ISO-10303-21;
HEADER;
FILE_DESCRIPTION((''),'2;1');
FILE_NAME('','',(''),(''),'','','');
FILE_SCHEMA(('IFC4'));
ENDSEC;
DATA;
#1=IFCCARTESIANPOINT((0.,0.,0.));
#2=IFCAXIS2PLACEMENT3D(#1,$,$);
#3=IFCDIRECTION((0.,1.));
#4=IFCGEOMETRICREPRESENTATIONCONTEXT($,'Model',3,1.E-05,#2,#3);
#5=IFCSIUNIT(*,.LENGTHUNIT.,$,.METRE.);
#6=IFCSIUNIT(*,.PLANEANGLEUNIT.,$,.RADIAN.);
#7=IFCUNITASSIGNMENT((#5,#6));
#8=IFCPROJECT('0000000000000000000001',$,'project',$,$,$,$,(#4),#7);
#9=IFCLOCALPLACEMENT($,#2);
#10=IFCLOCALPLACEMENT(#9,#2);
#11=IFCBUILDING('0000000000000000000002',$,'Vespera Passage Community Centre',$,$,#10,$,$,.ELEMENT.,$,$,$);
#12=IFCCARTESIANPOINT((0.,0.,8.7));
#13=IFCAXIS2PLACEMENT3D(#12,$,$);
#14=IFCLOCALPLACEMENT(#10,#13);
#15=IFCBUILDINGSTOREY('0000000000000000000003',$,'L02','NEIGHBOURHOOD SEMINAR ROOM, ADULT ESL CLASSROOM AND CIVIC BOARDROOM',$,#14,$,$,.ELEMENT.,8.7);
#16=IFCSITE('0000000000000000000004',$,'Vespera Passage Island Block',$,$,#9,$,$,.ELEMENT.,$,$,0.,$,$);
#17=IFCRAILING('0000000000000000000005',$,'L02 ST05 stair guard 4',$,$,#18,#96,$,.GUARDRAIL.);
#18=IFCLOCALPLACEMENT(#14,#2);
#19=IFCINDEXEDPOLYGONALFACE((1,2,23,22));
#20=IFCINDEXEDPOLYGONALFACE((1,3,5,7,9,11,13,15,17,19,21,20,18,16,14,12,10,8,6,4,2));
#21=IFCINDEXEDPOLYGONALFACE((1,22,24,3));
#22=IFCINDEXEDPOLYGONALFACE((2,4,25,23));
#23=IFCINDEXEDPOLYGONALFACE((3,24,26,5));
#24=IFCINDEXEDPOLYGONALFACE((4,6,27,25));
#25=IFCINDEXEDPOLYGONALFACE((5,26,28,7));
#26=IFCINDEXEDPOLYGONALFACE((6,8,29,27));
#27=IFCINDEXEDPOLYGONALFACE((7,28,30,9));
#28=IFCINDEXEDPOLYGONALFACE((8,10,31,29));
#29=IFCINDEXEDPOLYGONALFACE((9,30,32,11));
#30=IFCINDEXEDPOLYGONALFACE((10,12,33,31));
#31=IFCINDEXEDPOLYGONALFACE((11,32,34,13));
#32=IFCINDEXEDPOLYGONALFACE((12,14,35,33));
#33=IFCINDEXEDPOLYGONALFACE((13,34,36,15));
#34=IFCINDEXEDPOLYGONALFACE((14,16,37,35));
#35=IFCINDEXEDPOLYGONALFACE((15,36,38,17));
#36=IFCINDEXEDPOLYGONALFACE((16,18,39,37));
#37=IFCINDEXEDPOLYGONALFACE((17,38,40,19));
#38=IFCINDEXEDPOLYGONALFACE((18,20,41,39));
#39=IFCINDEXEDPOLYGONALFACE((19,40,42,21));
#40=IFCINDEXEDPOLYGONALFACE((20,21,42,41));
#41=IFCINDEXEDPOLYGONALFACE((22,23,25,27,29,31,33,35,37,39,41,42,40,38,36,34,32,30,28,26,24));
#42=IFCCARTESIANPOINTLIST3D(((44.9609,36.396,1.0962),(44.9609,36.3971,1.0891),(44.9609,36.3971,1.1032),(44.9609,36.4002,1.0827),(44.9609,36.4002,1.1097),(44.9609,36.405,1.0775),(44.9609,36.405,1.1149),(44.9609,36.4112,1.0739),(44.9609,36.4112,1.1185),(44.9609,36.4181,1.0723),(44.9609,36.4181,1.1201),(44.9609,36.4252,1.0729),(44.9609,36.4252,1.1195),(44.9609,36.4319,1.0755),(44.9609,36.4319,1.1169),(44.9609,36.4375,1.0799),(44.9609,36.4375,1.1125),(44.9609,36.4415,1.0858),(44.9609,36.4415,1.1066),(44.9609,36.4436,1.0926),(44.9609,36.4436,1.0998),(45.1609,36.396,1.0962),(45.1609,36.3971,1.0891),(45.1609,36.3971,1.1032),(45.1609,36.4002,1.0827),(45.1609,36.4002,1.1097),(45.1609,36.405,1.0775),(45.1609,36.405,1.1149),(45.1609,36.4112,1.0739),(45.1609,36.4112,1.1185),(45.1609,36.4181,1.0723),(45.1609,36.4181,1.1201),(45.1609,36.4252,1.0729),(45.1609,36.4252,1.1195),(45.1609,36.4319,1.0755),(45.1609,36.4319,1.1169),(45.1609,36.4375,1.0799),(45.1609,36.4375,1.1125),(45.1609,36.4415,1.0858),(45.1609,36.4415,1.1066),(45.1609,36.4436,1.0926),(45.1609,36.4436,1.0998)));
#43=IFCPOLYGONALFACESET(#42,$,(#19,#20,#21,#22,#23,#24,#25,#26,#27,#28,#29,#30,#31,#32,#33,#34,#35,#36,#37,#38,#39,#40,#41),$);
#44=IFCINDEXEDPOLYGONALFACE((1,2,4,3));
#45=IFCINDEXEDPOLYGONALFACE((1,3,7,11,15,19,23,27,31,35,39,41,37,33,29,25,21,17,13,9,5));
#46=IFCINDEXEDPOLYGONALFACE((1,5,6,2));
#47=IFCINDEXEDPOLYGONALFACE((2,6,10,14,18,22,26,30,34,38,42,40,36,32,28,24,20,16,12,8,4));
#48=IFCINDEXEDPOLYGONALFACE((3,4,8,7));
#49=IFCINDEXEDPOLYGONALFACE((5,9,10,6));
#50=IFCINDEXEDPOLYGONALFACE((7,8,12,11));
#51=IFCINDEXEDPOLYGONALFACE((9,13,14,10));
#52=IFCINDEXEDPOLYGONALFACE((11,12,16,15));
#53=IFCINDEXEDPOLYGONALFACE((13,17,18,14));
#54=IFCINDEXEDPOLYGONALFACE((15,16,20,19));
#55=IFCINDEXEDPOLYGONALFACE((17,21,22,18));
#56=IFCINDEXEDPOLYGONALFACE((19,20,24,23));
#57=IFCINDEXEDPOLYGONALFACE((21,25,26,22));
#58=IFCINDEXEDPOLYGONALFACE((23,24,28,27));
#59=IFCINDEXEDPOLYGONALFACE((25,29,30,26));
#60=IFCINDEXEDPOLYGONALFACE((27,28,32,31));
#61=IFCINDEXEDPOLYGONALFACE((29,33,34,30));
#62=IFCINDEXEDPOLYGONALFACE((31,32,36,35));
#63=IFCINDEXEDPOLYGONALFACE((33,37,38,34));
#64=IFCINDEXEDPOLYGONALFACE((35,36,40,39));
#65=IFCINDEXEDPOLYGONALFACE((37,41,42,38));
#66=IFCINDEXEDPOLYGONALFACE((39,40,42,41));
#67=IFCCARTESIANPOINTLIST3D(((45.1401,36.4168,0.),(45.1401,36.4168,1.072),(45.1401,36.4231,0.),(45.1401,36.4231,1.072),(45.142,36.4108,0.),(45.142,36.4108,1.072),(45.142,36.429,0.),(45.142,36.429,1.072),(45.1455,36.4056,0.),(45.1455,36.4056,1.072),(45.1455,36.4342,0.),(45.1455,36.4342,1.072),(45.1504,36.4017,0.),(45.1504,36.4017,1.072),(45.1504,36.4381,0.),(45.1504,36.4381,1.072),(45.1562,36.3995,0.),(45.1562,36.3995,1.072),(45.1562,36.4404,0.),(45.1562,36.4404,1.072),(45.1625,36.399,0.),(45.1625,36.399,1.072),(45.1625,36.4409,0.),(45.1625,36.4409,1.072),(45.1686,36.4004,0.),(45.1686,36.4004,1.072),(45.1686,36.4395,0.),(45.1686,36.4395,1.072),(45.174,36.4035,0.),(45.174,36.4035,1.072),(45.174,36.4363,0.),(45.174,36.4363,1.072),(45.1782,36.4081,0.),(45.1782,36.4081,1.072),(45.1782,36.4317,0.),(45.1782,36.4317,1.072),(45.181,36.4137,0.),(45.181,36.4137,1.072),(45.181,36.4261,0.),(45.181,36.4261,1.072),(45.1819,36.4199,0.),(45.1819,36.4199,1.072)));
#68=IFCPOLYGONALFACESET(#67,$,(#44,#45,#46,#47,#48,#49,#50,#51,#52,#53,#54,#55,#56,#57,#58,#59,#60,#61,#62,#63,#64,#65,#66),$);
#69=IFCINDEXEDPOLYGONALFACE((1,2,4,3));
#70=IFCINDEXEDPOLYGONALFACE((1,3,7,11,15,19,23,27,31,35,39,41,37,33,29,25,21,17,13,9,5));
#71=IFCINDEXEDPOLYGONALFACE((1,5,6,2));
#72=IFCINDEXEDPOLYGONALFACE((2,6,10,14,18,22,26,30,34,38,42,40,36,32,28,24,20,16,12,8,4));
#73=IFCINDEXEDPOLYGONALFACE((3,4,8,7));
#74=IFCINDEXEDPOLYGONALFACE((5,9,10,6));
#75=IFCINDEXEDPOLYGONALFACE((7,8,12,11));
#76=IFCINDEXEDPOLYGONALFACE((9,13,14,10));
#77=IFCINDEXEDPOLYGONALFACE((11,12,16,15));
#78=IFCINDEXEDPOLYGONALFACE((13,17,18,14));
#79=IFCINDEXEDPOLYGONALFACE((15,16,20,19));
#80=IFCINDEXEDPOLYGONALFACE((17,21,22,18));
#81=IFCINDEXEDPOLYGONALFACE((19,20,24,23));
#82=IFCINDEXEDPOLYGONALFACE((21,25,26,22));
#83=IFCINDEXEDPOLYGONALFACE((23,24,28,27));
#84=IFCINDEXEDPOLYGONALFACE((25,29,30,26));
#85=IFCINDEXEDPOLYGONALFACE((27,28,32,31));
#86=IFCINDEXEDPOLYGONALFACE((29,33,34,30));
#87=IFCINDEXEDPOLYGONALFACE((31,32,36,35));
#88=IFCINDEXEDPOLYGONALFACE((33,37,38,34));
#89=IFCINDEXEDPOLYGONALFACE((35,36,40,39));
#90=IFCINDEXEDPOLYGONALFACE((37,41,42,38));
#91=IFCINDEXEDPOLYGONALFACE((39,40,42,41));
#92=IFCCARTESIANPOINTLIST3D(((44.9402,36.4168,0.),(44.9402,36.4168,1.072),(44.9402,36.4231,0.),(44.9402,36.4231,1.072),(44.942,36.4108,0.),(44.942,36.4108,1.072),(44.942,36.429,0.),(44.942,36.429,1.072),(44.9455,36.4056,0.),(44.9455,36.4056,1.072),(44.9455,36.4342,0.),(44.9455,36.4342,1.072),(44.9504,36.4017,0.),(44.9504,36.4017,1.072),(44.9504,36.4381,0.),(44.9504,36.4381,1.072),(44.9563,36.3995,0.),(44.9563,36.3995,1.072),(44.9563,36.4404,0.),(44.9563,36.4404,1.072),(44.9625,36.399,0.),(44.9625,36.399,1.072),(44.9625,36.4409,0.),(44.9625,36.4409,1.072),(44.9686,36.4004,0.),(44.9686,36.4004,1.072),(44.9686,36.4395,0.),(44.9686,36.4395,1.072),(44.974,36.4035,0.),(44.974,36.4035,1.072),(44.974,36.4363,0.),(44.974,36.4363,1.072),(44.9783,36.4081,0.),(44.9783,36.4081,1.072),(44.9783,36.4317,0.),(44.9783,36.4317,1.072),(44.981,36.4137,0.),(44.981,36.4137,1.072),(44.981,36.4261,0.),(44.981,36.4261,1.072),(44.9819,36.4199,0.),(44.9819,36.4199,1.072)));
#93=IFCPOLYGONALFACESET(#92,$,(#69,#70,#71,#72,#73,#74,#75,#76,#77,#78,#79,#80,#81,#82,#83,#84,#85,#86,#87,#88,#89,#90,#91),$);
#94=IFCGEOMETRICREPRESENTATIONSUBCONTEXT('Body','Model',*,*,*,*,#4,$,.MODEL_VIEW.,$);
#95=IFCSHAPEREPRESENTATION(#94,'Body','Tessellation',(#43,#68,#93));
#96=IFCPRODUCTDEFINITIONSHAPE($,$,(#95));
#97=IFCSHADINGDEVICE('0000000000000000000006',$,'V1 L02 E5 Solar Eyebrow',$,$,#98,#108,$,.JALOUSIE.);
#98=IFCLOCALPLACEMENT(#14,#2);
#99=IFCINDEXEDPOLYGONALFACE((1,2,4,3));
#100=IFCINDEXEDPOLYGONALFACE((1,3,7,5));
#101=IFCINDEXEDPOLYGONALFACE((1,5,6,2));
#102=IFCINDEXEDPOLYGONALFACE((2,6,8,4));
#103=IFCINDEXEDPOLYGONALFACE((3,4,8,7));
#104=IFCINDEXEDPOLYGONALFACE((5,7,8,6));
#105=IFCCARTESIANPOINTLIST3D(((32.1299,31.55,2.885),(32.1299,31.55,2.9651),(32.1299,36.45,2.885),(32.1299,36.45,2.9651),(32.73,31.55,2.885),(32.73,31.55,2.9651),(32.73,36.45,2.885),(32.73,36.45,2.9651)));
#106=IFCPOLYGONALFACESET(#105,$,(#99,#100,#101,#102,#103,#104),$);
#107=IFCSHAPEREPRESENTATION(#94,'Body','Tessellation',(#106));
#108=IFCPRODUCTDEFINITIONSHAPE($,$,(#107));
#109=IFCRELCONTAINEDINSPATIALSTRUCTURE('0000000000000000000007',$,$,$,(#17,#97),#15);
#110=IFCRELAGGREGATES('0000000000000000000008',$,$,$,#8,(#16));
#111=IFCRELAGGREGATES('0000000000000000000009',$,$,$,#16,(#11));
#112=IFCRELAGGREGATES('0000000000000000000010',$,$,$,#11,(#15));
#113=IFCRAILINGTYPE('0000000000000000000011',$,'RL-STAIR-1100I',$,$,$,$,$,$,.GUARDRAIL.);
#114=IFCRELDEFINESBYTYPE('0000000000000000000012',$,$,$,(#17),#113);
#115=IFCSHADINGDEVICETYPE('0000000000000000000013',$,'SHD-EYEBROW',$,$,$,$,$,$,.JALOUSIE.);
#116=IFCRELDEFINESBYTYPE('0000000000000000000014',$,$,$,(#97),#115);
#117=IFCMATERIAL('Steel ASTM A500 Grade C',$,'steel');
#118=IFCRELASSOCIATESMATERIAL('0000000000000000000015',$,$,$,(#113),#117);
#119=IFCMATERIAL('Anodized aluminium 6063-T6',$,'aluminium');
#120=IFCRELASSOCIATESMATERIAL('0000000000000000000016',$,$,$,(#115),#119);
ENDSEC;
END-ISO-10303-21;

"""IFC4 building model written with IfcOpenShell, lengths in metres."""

from ifc_helpers import new_model, si_unit, direction, frame, origin, origin_2d, place, context, subcontext, project, spatial, rectangle, circle, extrude, material, type_object, element, save


model = new_model("IFC4")

# Units and contexts
model_context = context("Model", 3, precision=1e-05, world=origin(), true_north=direction((0.0, 1.0)))
body_context = subcontext(model_context, "Body", "Model", "MODEL_VIEW")
ifc_project = project(units=[si_unit("LENGTHUNIT", "METRE"), si_unit("PLANEANGLEUNIT", "RADIAN")], contexts=[model_context])

# Site, building, storey
site_placement = place(None, origin())
site = spatial("IfcSite", under=ifc_project, at=site_placement, Name="Vespera Passage Island Block", CompositionType="ELEMENT", RefElevation=0.0)
building_placement = place(site_placement, origin())
building = spatial("IfcBuilding", under=site, at=building_placement, Name="Vespera Passage Community Centre", CompositionType="ELEMENT")
storey_placement = place(building_placement, frame((0.0, 0.0, 8.7)))
storey = spatial("IfcBuildingStorey", under=building, at=storey_placement, Name="L02", Description="NEIGHBOURHOOD SEMINAR ROOM, ADULT ESL CLASSROOM AND CIVIC BOARDROOM", CompositionType="ELEMENT", Elevation=8.7)

# Railing
ifc_material_1 = material(Name="Steel ASTM A500 Grade C", Category="steel")
railing_type = type_object("IfcRailingType", Name="RL-STAIR-1100I", PredefinedType="GUARDRAIL", material=ifc_material_1)
railing_placement = place(storey_placement, frame((45.1609, 36.4199, 0.0)))
element("IfcRailing", 1, at=railing_placement, inside=storey, type_object=railing_type, Name="L02 ST05 stair guard 4", PredefinedType="GUARDRAIL", context=body_context, shape_type="SweptSolid", body=[
    extrude(circle(Radius=0.0239, at=origin_2d()), frame((0.0, 0.0, 1.0962), z_axis=(-1.0, 0.0, 0.0), x_axis=(0.0, -1.0, 0.0)), (0.0, 0.0, 1.0), 0.2),
    extrude(circle(Radius=0.021, at=origin_2d()), origin(), (0.0, 0.0, 1.0), 1.072),
    extrude(circle(Radius=0.021, at=origin_2d()), frame((-0.2, 0.0, 0.0)), (0.0, 0.0, 1.0), 1.072),
])

# Shading device
ifc_material_2 = material(Name="Anodized aluminium 6063-T6", Category="aluminium")
shading_device_type = type_object("IfcShadingDeviceType", Name="SHD-EYEBROW", PredefinedType="JALOUSIE", material=ifc_material_2)
shading_device_placement = place(storey_placement, frame((32.4299, 34.0, 2.885), z_axis=(0.0, 0.0, 1.0), x_axis=(0.0, -1.0, 0.0)))
element("IfcShadingDevice", 2, at=shading_device_placement, inside=storey, type_object=shading_device_type, Name="V1 L02 E5 Solar Eyebrow", PredefinedType="JALOUSIE", context=body_context, shape_type="SweptSolid", body=[
    extrude(rectangle(XDim=4.8999, YDim=0.6001, at=origin_2d()), origin(), (0.0, 0.0, 1.0), 0.0801),
])

save(model, "model.ifc")
